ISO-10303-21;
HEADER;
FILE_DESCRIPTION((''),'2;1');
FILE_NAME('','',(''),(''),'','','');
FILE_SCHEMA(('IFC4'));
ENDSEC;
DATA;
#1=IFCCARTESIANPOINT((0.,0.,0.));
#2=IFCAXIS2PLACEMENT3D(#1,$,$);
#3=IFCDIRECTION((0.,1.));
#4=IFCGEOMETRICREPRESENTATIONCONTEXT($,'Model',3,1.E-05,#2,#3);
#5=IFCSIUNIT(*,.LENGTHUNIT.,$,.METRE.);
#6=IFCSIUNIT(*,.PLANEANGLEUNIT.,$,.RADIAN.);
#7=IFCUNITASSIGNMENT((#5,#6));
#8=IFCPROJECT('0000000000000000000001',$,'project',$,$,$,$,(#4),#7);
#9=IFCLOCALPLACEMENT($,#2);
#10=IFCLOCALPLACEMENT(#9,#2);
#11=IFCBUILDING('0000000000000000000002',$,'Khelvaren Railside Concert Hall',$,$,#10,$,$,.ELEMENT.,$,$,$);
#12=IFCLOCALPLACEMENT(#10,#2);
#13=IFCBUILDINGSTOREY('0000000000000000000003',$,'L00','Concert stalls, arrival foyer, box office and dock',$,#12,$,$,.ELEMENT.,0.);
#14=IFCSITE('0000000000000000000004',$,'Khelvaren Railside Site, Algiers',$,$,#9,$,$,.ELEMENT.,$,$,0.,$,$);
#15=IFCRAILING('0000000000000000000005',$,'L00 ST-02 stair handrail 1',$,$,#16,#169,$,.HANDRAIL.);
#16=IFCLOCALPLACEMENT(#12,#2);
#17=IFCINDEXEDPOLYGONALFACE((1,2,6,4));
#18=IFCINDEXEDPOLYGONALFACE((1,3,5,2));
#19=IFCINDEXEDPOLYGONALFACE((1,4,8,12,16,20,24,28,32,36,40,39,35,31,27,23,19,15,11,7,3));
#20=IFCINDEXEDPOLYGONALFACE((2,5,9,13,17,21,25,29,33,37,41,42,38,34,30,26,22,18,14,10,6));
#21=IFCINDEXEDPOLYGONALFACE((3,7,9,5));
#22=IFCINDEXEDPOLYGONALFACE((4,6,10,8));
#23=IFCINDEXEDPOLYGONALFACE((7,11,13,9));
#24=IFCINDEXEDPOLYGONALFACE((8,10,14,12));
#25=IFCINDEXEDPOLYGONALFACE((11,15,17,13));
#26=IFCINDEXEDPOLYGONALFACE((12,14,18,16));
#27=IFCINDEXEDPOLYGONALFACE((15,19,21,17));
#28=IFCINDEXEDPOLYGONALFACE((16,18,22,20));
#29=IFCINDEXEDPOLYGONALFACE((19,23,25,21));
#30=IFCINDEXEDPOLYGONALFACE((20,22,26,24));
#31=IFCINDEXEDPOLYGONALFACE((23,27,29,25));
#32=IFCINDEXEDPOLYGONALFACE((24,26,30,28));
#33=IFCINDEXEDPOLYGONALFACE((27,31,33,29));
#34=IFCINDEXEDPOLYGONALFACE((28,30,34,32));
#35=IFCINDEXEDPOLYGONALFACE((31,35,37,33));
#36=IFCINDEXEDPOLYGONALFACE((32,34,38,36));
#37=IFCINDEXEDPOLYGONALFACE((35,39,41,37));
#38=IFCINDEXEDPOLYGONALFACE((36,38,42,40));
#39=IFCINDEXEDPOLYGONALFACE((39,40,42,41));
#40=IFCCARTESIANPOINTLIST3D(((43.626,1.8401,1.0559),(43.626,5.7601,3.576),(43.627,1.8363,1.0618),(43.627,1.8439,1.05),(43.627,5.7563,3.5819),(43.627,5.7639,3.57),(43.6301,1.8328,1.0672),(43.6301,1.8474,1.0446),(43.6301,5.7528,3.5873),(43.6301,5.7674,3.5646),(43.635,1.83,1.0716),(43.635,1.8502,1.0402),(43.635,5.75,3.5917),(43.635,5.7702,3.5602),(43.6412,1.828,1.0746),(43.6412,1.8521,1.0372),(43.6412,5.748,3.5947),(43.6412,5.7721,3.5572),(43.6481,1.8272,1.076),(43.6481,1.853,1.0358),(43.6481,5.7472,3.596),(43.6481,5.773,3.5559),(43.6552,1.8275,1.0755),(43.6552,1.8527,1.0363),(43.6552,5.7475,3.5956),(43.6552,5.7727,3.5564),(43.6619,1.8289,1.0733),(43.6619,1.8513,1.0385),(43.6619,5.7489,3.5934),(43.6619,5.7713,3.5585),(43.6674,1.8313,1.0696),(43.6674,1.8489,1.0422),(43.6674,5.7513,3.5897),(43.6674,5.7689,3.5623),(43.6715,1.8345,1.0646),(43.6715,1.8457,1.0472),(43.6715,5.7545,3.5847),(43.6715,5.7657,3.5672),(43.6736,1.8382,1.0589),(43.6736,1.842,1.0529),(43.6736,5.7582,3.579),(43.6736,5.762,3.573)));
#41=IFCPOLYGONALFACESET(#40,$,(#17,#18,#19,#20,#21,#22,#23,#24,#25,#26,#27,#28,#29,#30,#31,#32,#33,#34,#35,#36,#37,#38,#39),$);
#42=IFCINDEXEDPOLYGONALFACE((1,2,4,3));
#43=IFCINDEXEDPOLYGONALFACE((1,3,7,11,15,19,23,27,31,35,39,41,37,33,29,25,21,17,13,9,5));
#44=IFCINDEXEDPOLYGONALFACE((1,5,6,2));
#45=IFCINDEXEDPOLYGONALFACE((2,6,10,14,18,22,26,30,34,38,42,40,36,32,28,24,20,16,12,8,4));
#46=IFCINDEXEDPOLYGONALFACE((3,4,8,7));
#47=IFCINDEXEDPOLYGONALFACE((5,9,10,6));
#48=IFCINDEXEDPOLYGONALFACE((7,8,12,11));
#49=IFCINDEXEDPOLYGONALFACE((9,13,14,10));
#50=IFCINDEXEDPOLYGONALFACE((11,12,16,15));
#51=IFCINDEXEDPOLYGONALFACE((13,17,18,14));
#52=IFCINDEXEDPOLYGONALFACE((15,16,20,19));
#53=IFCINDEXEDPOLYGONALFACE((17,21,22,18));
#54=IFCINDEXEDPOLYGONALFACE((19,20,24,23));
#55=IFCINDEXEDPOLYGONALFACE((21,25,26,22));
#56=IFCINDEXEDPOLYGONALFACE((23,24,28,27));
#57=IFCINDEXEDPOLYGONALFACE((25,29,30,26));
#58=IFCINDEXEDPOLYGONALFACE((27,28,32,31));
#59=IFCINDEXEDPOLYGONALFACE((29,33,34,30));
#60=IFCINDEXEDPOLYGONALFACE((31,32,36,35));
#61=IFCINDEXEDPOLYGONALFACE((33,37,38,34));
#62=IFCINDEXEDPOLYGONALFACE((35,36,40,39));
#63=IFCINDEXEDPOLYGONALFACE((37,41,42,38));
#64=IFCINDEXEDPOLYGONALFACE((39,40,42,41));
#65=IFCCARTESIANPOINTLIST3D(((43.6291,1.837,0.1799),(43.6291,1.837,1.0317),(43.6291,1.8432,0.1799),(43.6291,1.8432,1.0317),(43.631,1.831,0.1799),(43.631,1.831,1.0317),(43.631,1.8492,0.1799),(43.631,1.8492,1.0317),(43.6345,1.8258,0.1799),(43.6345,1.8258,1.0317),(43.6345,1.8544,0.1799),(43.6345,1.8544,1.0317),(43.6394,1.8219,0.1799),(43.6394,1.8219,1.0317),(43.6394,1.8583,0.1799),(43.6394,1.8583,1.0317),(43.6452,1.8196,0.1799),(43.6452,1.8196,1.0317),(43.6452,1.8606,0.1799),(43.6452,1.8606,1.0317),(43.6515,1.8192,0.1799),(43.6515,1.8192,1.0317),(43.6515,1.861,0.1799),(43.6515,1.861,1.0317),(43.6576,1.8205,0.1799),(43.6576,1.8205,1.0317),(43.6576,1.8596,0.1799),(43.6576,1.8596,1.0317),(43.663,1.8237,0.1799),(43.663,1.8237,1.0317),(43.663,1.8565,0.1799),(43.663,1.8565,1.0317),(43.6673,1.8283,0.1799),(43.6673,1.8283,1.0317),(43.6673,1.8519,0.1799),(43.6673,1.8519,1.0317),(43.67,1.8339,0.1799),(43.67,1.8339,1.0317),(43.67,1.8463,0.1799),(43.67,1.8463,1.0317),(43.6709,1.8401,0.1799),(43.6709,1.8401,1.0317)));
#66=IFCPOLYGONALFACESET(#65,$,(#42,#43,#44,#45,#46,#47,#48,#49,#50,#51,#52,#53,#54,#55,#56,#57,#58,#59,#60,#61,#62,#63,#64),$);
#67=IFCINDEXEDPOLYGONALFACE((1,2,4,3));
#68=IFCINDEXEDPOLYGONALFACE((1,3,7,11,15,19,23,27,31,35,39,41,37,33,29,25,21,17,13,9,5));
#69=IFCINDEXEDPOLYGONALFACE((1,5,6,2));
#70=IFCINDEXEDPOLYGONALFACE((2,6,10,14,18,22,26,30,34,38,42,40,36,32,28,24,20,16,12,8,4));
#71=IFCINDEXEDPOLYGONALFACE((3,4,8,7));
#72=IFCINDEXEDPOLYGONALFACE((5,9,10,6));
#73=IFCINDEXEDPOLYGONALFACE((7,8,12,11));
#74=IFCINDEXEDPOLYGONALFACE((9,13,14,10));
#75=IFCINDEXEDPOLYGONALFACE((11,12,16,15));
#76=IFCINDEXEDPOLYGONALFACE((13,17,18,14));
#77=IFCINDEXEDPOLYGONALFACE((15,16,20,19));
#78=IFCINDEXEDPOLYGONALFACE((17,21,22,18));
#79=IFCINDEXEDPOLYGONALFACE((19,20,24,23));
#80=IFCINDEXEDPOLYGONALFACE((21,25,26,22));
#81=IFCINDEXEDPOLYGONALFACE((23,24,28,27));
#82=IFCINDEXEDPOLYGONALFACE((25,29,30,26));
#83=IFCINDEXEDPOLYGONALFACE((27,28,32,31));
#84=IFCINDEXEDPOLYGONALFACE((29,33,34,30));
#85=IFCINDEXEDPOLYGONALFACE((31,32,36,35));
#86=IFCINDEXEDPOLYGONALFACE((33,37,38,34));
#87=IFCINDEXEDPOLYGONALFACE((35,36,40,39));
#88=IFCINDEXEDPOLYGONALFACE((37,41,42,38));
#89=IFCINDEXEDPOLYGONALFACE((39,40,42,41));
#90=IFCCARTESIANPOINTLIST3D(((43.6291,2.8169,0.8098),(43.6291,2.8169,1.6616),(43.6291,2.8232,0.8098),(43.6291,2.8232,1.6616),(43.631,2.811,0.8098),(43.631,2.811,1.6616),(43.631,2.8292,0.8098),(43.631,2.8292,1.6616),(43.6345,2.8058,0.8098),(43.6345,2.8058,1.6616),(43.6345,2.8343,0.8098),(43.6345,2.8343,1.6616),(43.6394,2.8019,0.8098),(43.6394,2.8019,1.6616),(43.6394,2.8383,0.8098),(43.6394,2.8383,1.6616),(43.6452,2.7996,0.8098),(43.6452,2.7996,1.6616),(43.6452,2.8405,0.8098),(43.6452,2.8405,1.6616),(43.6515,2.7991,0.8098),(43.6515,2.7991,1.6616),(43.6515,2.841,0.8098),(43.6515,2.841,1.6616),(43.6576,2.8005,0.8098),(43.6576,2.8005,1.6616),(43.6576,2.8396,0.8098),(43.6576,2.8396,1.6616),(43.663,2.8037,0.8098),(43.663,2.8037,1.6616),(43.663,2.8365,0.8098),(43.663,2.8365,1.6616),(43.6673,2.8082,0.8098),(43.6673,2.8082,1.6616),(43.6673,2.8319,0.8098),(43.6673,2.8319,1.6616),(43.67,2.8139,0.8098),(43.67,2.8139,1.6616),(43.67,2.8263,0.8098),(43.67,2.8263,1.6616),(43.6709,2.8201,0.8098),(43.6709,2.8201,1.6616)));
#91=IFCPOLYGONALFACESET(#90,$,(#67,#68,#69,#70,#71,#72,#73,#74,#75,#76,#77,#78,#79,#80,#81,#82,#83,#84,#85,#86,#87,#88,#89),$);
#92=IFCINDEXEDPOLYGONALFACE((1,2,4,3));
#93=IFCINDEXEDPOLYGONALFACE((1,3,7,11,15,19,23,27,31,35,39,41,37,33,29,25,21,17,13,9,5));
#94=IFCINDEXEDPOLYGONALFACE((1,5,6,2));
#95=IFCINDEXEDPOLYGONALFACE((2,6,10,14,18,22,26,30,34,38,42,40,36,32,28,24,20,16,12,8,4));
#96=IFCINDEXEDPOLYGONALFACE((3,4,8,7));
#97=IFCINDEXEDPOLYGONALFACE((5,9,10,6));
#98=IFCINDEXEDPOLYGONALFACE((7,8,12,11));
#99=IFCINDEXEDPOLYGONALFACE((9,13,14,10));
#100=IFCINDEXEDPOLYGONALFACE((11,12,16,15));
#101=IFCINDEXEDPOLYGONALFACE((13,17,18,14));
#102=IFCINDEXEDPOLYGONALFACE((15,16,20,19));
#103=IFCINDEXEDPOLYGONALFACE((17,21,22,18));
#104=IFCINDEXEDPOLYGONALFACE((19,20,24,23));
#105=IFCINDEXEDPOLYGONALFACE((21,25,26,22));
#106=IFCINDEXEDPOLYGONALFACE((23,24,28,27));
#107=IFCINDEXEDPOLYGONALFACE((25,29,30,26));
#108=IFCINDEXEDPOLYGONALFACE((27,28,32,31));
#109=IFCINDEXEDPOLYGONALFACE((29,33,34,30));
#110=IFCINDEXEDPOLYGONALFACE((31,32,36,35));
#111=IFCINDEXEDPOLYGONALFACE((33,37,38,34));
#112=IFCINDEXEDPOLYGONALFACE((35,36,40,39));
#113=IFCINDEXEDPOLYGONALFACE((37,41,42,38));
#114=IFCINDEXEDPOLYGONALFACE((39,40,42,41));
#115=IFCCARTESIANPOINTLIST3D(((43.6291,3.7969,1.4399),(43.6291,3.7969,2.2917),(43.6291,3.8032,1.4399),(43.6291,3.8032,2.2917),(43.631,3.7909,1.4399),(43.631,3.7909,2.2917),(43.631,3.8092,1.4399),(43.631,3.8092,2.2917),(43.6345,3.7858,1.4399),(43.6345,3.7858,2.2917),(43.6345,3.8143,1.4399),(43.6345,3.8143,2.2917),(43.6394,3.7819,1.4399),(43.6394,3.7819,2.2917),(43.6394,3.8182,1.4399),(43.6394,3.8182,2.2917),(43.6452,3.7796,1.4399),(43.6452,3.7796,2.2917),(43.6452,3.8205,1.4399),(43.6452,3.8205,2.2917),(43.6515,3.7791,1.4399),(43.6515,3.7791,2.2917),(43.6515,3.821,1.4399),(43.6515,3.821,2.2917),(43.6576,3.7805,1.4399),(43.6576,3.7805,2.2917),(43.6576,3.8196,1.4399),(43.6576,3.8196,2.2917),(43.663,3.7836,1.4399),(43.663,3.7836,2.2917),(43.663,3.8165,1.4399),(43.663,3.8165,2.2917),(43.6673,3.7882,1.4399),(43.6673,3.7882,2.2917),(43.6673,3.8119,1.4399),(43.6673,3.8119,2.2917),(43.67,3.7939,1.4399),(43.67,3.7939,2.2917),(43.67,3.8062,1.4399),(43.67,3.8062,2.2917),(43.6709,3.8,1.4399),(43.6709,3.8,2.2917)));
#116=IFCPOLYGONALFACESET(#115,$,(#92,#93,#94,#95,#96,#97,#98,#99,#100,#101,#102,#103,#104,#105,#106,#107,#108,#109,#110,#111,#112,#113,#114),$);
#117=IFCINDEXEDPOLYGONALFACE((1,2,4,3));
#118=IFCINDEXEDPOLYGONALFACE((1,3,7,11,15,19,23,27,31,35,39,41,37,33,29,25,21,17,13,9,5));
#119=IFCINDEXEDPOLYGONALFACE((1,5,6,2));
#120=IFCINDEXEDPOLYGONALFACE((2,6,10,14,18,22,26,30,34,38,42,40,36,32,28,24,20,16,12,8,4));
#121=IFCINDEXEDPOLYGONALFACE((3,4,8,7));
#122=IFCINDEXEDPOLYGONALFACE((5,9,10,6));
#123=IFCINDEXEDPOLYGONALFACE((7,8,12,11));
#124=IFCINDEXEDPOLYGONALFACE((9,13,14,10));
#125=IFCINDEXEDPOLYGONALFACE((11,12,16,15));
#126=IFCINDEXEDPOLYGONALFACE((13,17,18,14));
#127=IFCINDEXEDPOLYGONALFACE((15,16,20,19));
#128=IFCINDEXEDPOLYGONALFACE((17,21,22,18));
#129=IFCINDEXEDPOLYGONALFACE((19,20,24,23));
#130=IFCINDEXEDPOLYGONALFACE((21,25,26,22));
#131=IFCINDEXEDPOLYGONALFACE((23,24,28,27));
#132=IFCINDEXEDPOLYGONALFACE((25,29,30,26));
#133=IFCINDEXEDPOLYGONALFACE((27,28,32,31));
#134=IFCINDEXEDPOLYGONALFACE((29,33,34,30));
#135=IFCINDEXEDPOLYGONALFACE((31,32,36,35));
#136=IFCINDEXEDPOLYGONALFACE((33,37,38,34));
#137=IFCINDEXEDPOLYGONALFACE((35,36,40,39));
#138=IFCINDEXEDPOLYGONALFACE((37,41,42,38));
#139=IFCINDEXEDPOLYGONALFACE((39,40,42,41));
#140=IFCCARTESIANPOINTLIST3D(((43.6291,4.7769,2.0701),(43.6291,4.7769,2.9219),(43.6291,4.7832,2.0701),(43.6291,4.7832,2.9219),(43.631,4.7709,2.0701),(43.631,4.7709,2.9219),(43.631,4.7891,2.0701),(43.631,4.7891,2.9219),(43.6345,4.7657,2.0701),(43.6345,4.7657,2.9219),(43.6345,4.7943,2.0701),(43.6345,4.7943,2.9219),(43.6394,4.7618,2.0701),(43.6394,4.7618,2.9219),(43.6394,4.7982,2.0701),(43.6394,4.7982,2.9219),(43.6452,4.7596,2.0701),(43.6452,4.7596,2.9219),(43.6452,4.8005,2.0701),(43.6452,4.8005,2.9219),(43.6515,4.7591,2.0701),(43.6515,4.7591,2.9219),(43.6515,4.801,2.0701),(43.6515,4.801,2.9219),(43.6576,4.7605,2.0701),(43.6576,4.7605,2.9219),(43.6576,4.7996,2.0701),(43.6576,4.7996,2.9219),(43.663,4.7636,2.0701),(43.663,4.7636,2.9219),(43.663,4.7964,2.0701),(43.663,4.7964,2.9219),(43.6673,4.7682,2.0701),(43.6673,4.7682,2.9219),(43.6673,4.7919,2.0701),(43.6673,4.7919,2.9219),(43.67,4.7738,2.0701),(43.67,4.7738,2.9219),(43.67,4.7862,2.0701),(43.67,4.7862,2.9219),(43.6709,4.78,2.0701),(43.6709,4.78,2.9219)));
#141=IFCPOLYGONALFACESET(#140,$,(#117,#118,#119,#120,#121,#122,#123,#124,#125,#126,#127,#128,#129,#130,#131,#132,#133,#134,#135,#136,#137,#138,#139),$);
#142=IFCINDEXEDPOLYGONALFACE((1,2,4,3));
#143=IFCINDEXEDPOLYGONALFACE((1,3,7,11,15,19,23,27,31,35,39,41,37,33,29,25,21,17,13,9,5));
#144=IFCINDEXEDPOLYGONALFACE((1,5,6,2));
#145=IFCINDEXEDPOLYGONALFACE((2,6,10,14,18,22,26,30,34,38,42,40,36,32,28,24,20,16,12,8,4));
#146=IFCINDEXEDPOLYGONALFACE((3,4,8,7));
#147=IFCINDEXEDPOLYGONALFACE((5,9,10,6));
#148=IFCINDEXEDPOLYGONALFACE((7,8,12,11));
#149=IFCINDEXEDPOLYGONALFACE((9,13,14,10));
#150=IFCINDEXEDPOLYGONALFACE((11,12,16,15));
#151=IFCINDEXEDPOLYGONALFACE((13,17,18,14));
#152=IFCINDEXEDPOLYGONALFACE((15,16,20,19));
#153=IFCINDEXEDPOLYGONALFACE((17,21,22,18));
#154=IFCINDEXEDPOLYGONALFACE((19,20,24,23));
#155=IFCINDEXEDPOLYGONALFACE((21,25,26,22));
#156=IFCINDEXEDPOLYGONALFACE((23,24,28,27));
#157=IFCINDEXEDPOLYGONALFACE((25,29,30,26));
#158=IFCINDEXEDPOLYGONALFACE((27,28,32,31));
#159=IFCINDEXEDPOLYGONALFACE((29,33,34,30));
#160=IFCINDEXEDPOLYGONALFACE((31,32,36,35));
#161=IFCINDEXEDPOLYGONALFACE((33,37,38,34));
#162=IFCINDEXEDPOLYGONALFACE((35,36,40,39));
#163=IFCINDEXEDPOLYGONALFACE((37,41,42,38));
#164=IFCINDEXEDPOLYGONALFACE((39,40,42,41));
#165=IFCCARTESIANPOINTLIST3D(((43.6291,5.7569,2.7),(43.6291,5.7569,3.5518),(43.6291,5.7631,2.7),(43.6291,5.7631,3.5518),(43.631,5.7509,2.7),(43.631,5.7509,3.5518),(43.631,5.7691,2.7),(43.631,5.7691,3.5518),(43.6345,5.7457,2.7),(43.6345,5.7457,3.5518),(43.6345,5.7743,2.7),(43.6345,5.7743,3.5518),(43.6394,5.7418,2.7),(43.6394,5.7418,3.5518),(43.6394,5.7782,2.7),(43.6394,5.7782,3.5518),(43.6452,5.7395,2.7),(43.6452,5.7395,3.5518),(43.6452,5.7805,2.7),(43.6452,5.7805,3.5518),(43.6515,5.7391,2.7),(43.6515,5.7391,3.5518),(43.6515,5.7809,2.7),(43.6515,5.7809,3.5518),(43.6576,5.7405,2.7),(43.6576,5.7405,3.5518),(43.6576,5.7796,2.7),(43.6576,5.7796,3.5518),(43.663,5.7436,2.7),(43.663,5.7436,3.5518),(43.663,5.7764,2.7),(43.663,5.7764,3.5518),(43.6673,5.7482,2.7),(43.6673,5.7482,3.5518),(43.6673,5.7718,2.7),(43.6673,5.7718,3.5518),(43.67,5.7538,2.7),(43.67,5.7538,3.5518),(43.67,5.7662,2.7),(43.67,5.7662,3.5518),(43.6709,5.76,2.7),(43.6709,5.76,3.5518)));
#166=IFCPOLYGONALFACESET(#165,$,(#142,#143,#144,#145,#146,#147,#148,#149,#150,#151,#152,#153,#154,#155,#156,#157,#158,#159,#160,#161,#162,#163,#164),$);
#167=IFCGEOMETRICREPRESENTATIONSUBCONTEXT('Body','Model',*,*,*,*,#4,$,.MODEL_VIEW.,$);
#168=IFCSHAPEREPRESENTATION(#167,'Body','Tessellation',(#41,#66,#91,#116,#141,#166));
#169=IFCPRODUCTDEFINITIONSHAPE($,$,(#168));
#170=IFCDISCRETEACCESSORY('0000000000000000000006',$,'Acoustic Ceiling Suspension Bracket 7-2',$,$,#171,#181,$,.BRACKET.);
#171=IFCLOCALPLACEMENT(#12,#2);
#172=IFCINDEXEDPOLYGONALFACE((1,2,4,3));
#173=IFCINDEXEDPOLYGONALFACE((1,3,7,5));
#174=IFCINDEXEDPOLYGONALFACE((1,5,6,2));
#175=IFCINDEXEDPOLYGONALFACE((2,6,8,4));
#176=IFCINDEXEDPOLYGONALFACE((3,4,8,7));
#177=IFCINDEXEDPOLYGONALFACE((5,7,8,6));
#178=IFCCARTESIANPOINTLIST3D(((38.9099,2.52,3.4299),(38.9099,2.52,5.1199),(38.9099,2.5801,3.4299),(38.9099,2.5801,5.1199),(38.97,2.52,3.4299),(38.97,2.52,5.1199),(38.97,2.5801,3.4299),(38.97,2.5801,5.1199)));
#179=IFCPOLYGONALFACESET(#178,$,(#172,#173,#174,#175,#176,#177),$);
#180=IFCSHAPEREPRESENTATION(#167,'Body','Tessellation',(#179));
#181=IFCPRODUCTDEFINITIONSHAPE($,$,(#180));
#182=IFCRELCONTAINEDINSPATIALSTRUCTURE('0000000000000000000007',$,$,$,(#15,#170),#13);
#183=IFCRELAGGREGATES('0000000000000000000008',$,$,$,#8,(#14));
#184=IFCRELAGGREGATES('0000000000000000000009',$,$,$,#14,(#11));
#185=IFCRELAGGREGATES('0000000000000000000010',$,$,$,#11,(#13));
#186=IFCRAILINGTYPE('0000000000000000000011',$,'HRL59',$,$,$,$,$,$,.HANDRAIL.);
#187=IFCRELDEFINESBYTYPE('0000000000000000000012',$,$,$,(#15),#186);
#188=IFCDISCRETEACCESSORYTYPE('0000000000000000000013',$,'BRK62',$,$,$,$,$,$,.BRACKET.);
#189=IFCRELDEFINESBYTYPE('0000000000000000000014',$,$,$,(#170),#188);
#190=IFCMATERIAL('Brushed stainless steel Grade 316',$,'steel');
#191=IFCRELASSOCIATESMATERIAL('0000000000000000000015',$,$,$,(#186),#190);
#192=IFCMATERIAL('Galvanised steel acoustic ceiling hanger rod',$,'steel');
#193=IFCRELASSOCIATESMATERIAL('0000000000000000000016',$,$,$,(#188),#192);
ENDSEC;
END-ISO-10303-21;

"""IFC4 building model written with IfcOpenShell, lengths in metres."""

from ifc_helpers import new_model, si_unit, direction, frame, origin, origin_2d, place, context, subcontext, project, spatial, rectangle, circle, extrude, material, type_object, element, save


model = new_model("IFC4")

# Units and contexts
model_context = context("Model", 3, precision=1e-05, world=origin(), true_north=direction((0.0, 1.0)))
body_context = subcontext(model_context, "Body", "Model", "MODEL_VIEW")
ifc_project = project(units=[si_unit("LENGTHUNIT", "METRE"), si_unit("PLANEANGLEUNIT", "RADIAN")], contexts=[model_context])

# Site, building, storey
site_placement = place(None, origin())
site = spatial("IfcSite", under=ifc_project, at=site_placement, Name="Khelvaren Railside Site, Algiers", CompositionType="ELEMENT", RefElevation=0.0)
building_placement = place(site_placement, origin())
building = spatial("IfcBuilding", under=site, at=building_placement, Name="Khelvaren Railside Concert Hall", CompositionType="ELEMENT")
storey_placement = place(building_placement, origin())
storey = spatial("IfcBuildingStorey", under=building, at=storey_placement, Name="L00", Description="Concert stalls, arrival foyer, box office and dock", CompositionType="ELEMENT", Elevation=0.0)

# Railing
ifc_material_1 = material(Name="Brushed stainless steel Grade 316", Category="steel")
railing_type_1 = type_object("IfcRailingType", Name="HRL59", PredefinedType="HANDRAIL", material=ifc_material_1)
railing_1_placement = place(storey_placement, frame((43.6499, 1.8401, 0.1799)))
element("IfcRailing", 1, at=railing_1_placement, inside=storey, type_object=railing_type_1, Name="L00 ST-02 stair handrail 1", PredefinedType="HANDRAIL", context=body_context, shape_type="SweptSolid", body=[
    extrude(circle(Radius=0.0239, at=origin_2d()), frame((0.0, 0.0, 0.876), z_axis=(0.0, 0.841172, 0.540768), x_axis=(-1.0, 0.0, 0.0)), (0.0, 0.0, 1.0), 4.6602),
    extrude(circle(Radius=0.021, at=origin_2d()), origin(), (0.0, 0.0, 1.0), 0.8518),
    extrude(circle(Radius=0.021, at=origin_2d()), frame((0.0, 0.98, 0.6299)), (0.0, 0.0, 1.0), 0.8518),
    extrude(circle(Radius=0.021, at=origin_2d()), frame((0.0, 1.96, 1.26)), (0.0, 0.0, 1.0), 0.8518),
    extrude(circle(Radius=0.021, at=origin_2d()), frame((0.0, 2.9399, 1.8901)), (0.0, 0.0, 1.0), 0.8518),
    extrude(circle(Radius=0.021, at=origin_2d()), frame((0.0, 3.9199, 2.52)), (0.0, 0.0, 1.0), 0.8518),
])

# Discrete accessory
ifc_material_2 = material(Name="Galvanised steel acoustic ceiling hanger rod", Category="steel")
discrete_accessory_type = type_object("IfcDiscreteAccessoryType", Name="BRK62", PredefinedType="BRACKET", material=ifc_material_2)
discrete_accessory_placement = place(storey_placement, frame((38.9399, 2.55, 3.4299), z_axis=(0.0, 0.0, 1.0), x_axis=(1.0, 0.0, 0.0)))
element("IfcDiscreteAccessory", 2, at=discrete_accessory_placement, inside=storey, type_object=discrete_accessory_type, Name="Acoustic Ceiling Suspension Bracket 7-2", PredefinedType="BRACKET", context=body_context, shape_type="SweptSolid", body=[
    extrude(rectangle(XDim=0.0601, YDim=0.0601, at=origin_2d()), origin(), (0.0, 0.0, 1.0), 1.6899),
])

save(model, "model.ifc")
